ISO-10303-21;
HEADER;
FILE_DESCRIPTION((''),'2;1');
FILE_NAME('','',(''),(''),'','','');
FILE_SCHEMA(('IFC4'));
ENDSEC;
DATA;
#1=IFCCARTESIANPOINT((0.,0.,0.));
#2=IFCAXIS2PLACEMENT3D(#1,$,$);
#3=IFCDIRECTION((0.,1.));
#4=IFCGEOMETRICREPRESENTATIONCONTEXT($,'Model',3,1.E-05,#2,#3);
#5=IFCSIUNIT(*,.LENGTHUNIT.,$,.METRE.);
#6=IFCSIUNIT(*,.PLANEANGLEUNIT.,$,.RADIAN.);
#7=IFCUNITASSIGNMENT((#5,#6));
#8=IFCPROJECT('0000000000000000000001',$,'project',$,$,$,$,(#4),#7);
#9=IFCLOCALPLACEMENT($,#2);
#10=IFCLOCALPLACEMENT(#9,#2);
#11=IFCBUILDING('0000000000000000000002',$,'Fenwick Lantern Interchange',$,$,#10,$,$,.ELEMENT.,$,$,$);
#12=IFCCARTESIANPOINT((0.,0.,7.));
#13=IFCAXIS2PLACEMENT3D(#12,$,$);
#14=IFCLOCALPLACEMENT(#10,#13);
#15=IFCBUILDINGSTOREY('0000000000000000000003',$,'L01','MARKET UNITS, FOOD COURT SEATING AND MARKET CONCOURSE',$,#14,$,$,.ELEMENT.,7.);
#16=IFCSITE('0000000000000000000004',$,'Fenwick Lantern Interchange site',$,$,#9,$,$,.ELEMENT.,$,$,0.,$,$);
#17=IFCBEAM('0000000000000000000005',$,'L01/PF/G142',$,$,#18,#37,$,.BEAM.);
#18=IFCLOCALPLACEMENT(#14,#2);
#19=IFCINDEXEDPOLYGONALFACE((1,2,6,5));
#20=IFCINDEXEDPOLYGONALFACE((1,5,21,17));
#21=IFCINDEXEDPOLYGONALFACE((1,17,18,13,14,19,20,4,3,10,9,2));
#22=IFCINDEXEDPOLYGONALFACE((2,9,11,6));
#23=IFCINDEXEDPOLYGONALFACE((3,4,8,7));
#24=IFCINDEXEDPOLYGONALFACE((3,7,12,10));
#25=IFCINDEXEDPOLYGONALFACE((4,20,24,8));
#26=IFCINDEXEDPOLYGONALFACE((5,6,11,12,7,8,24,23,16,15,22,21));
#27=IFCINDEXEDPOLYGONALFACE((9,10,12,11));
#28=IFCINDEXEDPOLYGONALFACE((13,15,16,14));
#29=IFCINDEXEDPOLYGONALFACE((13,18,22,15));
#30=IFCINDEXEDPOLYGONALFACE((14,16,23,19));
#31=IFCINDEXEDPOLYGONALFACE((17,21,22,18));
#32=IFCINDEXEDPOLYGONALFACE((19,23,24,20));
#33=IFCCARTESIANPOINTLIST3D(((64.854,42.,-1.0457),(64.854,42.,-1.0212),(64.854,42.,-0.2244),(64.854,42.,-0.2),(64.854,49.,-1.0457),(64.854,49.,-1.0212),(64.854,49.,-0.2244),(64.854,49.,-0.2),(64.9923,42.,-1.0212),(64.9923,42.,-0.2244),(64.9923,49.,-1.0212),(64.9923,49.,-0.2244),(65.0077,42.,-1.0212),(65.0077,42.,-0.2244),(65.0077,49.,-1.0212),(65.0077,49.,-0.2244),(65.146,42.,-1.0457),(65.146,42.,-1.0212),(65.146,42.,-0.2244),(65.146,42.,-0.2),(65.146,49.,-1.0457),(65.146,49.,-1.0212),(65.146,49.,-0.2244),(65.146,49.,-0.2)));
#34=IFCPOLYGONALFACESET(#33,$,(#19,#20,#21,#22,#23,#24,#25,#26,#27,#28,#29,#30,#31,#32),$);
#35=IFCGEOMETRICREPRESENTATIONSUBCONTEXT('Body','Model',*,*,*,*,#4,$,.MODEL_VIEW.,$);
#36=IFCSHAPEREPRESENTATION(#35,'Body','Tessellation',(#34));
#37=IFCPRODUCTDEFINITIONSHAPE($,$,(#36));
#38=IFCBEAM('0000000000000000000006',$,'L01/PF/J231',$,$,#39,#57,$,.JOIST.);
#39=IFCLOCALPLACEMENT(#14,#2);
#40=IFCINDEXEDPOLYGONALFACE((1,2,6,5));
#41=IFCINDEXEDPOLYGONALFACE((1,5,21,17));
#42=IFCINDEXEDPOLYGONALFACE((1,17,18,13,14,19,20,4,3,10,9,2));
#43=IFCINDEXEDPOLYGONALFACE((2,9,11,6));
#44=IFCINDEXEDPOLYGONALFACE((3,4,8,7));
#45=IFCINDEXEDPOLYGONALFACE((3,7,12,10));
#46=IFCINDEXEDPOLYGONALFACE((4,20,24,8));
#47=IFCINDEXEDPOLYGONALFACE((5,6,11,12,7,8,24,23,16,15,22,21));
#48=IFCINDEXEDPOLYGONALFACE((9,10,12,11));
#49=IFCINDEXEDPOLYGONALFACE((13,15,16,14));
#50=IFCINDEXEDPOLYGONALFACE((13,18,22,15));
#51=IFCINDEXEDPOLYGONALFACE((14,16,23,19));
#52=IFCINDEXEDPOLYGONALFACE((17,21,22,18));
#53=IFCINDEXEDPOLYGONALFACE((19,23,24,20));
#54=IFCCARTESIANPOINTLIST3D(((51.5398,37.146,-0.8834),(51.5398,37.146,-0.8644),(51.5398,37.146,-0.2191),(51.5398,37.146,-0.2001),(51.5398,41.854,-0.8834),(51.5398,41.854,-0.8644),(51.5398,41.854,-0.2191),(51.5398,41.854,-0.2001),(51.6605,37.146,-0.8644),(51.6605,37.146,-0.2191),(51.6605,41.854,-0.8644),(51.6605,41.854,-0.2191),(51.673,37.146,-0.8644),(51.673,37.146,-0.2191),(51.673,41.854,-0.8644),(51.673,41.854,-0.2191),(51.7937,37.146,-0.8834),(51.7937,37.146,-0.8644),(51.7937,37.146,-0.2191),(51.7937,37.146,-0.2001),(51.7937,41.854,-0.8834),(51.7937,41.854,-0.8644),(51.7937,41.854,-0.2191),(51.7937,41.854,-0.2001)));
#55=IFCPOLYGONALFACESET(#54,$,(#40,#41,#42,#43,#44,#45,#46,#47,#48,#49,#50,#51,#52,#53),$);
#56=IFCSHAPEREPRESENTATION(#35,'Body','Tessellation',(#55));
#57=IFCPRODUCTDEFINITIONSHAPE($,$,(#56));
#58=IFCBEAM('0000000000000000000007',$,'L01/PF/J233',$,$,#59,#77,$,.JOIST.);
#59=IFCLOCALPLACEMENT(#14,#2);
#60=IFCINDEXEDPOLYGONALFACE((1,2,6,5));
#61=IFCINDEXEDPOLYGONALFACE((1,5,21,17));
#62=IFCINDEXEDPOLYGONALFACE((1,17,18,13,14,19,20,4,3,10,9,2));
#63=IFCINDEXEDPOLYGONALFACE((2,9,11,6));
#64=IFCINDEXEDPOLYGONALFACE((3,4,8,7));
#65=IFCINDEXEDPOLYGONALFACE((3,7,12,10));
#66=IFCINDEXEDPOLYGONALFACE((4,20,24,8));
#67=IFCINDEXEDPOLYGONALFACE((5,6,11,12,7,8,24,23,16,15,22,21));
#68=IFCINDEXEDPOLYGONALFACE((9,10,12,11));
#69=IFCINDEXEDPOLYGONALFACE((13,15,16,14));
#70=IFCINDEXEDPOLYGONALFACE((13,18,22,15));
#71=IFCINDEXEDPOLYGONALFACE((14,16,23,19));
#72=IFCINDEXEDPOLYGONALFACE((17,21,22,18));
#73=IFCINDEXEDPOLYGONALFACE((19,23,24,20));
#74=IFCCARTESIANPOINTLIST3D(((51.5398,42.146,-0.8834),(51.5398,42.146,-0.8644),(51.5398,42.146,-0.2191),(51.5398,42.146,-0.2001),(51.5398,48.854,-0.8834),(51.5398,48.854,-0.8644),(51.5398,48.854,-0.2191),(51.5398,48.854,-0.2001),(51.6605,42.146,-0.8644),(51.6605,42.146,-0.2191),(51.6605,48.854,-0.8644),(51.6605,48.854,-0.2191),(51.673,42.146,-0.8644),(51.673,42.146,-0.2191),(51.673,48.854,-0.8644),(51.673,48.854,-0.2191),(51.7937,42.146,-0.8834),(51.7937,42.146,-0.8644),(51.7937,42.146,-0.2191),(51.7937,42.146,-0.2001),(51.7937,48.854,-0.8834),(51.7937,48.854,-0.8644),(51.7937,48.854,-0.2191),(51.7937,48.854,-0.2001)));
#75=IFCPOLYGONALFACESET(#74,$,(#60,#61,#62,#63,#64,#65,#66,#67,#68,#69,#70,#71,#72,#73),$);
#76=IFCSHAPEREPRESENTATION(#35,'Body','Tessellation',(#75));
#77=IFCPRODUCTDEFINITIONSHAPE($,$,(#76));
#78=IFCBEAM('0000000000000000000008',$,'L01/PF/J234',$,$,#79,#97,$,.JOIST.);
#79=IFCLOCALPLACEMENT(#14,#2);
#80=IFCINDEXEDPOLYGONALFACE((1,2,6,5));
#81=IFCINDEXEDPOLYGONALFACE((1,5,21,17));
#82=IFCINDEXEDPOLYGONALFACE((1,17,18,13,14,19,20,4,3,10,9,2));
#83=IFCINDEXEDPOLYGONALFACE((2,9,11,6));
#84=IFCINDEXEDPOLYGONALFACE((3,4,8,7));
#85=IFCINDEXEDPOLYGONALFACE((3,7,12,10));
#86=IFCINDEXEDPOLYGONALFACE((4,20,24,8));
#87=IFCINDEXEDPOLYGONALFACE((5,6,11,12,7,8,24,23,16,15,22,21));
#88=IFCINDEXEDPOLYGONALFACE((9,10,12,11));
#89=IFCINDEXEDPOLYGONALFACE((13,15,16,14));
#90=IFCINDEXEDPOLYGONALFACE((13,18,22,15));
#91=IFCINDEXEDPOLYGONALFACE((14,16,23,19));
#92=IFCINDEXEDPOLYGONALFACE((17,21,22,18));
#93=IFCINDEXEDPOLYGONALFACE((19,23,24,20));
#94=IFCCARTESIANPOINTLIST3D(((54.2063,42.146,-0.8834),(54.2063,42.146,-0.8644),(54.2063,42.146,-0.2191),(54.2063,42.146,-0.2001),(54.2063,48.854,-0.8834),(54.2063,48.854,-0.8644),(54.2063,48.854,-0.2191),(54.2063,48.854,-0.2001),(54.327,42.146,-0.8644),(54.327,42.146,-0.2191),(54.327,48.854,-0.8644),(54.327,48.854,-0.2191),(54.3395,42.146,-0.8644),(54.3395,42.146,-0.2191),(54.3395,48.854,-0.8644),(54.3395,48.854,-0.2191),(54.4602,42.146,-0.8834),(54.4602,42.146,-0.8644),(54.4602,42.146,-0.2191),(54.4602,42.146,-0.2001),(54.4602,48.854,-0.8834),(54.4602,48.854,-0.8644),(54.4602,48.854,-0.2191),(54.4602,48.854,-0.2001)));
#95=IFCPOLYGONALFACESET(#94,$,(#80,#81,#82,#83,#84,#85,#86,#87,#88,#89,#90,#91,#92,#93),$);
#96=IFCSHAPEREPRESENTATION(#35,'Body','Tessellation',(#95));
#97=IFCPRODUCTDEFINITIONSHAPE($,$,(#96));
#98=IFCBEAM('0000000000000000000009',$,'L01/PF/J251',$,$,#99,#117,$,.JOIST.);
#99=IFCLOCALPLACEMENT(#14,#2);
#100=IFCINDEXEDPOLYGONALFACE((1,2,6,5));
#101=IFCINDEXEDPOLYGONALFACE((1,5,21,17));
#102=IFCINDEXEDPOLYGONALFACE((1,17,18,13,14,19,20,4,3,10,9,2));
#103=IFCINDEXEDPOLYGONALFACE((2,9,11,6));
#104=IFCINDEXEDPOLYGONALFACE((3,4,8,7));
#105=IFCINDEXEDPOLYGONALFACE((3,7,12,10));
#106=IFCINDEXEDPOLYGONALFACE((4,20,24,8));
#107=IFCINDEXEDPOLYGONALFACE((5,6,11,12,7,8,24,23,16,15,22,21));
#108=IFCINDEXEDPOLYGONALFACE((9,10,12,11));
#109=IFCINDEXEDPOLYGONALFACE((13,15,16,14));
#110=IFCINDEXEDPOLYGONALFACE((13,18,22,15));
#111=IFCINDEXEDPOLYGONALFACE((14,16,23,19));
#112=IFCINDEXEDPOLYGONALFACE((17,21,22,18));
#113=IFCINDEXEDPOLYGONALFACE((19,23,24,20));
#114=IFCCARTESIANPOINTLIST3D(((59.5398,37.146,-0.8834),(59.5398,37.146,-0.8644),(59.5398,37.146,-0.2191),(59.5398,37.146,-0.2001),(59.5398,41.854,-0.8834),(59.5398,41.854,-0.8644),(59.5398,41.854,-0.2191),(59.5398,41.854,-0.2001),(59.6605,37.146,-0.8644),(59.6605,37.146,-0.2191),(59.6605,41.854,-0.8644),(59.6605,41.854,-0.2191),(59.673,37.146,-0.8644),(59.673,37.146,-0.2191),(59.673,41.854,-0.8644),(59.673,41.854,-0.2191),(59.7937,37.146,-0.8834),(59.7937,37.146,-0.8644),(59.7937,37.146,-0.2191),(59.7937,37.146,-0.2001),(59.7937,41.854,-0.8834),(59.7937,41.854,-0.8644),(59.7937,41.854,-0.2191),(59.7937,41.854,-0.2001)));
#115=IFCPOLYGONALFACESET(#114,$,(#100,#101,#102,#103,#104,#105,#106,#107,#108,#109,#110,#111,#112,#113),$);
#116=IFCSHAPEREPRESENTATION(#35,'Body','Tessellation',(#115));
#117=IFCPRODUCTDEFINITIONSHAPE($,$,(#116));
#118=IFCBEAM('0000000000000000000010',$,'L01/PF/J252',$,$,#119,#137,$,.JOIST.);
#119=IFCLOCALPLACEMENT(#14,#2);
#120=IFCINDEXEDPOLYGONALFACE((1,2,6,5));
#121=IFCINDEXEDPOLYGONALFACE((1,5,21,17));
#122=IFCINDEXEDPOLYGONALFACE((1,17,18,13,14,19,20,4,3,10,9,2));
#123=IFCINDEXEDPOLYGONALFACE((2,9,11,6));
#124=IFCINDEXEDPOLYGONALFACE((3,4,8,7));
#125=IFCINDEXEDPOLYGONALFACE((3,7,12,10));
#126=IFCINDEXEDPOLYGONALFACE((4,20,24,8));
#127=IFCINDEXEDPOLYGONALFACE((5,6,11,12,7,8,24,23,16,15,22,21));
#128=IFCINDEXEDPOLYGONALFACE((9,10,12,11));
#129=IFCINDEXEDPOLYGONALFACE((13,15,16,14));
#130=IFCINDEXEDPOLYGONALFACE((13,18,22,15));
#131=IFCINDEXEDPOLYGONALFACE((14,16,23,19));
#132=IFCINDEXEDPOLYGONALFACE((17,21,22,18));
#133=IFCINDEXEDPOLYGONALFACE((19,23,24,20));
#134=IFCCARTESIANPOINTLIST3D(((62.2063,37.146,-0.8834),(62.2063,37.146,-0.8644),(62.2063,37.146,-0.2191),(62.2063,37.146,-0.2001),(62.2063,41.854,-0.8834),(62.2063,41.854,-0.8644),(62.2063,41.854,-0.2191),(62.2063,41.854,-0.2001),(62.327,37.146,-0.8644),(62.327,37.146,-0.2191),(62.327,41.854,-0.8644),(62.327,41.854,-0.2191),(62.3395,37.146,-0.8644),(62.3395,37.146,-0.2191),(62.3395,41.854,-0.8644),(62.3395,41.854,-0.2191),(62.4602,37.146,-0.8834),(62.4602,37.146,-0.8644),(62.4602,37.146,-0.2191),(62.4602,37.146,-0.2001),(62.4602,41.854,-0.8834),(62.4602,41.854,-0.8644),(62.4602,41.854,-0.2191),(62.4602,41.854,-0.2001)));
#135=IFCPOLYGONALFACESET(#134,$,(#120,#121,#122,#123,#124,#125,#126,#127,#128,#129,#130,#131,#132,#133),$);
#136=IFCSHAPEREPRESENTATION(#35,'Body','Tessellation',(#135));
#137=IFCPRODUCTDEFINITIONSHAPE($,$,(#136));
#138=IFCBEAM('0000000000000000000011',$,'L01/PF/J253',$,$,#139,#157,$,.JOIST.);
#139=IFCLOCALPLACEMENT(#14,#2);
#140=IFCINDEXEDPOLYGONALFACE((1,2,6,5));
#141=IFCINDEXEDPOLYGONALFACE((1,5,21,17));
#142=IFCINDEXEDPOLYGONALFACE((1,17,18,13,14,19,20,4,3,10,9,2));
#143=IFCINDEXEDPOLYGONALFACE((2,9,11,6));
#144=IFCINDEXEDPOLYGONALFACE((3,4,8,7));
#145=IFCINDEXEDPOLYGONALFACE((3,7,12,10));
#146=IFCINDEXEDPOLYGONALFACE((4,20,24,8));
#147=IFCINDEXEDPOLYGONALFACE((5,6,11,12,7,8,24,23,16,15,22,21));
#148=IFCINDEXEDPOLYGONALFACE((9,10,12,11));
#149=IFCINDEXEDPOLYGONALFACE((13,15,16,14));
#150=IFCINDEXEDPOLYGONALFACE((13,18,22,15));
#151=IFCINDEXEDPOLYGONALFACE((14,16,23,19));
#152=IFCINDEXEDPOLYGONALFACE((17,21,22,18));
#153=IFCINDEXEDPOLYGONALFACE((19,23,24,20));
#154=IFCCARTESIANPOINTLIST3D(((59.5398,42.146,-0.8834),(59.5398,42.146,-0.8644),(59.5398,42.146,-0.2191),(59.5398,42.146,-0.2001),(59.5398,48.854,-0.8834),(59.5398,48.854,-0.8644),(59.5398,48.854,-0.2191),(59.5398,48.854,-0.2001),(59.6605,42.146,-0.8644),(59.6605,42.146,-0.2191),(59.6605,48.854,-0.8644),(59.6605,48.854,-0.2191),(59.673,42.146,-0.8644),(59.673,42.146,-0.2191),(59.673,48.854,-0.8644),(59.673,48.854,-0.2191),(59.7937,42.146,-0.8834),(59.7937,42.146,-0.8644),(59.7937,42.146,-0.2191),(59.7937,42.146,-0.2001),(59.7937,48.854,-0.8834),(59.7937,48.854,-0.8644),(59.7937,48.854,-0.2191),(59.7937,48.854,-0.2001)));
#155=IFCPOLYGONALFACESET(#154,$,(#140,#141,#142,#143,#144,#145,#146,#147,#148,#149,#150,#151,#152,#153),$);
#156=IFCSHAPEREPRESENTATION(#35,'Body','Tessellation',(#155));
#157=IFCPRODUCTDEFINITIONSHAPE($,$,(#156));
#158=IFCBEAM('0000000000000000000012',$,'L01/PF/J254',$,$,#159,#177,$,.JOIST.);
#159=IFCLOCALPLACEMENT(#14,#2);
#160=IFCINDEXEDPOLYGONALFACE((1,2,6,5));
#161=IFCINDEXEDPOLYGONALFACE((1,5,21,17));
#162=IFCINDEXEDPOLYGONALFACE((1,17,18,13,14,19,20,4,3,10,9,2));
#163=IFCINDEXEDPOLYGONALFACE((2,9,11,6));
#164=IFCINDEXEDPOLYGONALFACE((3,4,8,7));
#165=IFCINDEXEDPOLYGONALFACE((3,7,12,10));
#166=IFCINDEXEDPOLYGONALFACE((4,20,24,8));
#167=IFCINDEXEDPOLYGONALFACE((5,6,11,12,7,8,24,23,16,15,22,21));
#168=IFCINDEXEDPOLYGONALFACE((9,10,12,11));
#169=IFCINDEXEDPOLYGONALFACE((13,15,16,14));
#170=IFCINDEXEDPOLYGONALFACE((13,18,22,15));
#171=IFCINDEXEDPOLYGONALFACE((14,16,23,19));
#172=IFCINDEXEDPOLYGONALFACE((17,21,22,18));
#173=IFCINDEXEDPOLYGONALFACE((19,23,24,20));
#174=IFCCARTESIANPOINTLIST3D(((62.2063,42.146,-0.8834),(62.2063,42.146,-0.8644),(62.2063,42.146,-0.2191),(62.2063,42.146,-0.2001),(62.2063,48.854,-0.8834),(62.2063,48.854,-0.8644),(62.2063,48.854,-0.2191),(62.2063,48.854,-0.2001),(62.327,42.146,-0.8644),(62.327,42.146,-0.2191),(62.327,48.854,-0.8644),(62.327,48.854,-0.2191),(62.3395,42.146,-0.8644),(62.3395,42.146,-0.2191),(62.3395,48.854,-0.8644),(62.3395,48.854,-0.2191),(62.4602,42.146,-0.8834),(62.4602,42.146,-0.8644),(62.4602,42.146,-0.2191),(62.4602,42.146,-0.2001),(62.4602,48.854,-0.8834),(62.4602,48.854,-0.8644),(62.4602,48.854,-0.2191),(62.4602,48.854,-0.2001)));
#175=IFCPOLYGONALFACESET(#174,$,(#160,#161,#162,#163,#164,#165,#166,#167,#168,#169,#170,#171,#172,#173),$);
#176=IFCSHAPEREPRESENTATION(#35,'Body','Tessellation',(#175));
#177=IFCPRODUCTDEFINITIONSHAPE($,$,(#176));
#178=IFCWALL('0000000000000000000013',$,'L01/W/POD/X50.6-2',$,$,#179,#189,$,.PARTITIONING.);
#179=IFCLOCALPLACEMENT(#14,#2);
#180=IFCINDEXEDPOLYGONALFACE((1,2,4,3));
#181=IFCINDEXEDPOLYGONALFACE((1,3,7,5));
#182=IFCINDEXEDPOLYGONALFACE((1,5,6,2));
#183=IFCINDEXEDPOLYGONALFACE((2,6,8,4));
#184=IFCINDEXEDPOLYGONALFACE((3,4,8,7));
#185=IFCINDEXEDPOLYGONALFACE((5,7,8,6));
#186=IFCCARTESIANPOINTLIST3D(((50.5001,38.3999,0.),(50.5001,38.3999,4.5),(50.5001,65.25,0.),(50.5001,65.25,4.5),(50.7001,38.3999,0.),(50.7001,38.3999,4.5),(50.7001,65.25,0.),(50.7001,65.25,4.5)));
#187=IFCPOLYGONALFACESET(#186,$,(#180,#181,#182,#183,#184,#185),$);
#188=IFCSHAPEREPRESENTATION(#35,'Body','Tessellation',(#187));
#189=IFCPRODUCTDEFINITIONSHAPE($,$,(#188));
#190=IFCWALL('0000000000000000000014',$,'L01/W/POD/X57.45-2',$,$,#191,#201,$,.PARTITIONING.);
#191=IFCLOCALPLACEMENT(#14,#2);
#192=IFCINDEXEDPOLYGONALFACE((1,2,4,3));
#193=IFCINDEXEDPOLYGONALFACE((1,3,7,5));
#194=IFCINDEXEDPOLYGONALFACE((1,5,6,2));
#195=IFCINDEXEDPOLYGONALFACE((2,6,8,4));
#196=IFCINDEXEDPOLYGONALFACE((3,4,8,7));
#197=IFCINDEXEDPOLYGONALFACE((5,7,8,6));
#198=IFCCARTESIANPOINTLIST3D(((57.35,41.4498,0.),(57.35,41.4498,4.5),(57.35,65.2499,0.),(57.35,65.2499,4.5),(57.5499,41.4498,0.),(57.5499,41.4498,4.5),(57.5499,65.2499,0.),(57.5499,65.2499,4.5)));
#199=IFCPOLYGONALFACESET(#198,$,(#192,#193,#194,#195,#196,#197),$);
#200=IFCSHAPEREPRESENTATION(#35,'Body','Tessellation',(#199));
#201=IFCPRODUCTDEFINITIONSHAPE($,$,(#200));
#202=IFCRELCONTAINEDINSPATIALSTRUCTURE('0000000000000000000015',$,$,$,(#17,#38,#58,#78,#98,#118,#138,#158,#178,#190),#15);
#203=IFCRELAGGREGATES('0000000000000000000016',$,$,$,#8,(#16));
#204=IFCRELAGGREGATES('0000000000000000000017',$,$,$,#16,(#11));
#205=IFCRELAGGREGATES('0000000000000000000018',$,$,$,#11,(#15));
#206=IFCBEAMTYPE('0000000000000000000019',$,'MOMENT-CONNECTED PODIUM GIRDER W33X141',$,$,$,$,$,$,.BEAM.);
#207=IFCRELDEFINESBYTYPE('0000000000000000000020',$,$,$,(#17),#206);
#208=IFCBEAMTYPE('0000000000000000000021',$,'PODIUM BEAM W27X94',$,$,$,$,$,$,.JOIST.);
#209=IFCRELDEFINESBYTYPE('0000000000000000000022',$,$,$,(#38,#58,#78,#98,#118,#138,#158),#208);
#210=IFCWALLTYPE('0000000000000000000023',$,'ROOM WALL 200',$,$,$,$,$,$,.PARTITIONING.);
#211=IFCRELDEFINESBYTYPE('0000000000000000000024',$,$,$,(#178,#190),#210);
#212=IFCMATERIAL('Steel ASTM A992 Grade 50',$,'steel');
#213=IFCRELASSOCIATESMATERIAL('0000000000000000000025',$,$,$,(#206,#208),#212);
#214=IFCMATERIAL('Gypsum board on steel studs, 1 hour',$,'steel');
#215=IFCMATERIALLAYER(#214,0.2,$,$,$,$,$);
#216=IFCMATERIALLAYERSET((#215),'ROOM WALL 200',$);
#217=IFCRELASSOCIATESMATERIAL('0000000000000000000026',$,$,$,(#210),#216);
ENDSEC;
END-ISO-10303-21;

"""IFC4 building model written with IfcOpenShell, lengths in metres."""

from ifc_helpers import new_model, si_unit, direction, frame, frame_2d, origin, origin_2d, place, context, subcontext, project, spatial, rectangle, i_section, extrude, material, layer, layer_set, material_profile, profile_set, type_object, element, save


model = new_model("IFC4")

# Units and contexts
model_context = context("Model", 3, precision=1e-05, world=origin(), true_north=direction((0.0, 1.0)))
body_context = subcontext(model_context, "Body", "Model", "MODEL_VIEW")
ifc_project = project(units=[si_unit("LENGTHUNIT", "METRE"), si_unit("PLANEANGLEUNIT", "RADIAN")], contexts=[model_context])

# Site, building, storey
site_placement = place(None, origin())
site = spatial("IfcSite", under=ifc_project, at=site_placement, Name="Fenwick Lantern Interchange site", CompositionType="ELEMENT", RefElevation=0.0)
building_placement = place(site_placement, origin())
building = spatial("IfcBuilding", under=site, at=building_placement, Name="Fenwick Lantern Interchange", CompositionType="ELEMENT")
storey_placement = place(building_placement, frame((0.0, 0.0, 7.0)))
storey = spatial("IfcBuildingStorey", under=building, at=storey_placement, Name="L01", Description="MARKET UNITS, FOOD COURT SEATING AND MARKET CONCOURSE", CompositionType="ELEMENT", Elevation=7.0)

# Shared definitions
ifc_material_1 = material(Name="Steel ASTM A992 Grade 50", Category="steel")

# Beams
ifc_material_profile_1 = material_profile(ifc_material_1, i_section(OverallWidth=0.292, OverallDepth=0.8457, WebThickness=0.0154, FlangeThickness=0.0244, at=origin_2d()), Name="W33X141")
ifc_profile_set_1 = profile_set([ifc_material_profile_1], Name="Steel ASTM A992 Grade 50")
beam_type_1 = type_object("IfcBeamType", Name="MOMENT-CONNECTED PODIUM GIRDER W33X141", PredefinedType="BEAM", material=ifc_profile_set_1)
beam_1_placement = place(storey_placement, frame((65.0, 42.0, -0.6228), z_axis=(0.0, 1.0, 0.0), x_axis=(-1.0, 0.0, 0.0)))
element("IfcBeam", 1, at=beam_1_placement, inside=storey, type_object=beam_type_1, Name="L01/PF/G142", PredefinedType="BEAM", context=body_context, shape_type="SweptSolid", body=[
    extrude(i_section(OverallWidth=0.292, OverallDepth=0.8457, WebThickness=0.0154, FlangeThickness=0.0244, at=origin_2d()), origin(), (0.0, 0.0, 1.0), 7.0),
])
ifc_material_profile_2 = material_profile(ifc_material_1, i_section(OverallWidth=0.2539, OverallDepth=0.6833, WebThickness=0.0125, FlangeThickness=0.019, at=origin_2d()), Name="W27X94")
ifc_profile_set_2 = profile_set([ifc_material_profile_2], Name="Steel ASTM A992 Grade 50")
beam_type_2 = type_object("IfcBeamType", Name="PODIUM BEAM W27X94", PredefinedType="JOIST", material=ifc_profile_set_2)
beam_2_placement = place(storey_placement, frame((51.6667, 37.146, -0.5417), z_axis=(0.0, 1.0, 0.0), x_axis=(-1.0, 0.0, 0.0)))
element("IfcBeam", 2, at=beam_2_placement, inside=storey, type_object=beam_type_2, Name="L01/PF/J231", PredefinedType="JOIST", context=body_context, shape_type="SweptSolid", body=[
    extrude(i_section(OverallWidth=0.2539, OverallDepth=0.6833, WebThickness=0.0125, FlangeThickness=0.019, at=origin_2d()), origin(), (0.0, 0.0, 1.0), 4.708),
])
for number, where, z_axis, x_axis, name in (
    (3, (51.6667, 42.146, -0.5417), (0.0, 1.0, 0.0), (-1.0, 0.0, 0.0), "L01/PF/J233"),
    (4, (54.3333, 42.146, -0.5417), (0.0, 1.0, 0.0), (-1.0, 0.0, 0.0), "L01/PF/J234"),
):
    element("IfcBeam", number, at=place(storey_placement, frame(where, z_axis=z_axis, x_axis=x_axis)), inside=storey, type_object=beam_type_2, Name=name, PredefinedType="JOIST", context=body_context, shape_type="SweptSolid", body=[
        extrude(i_section(OverallWidth=0.2539, OverallDepth=0.6833, WebThickness=0.0125, FlangeThickness=0.019, at=origin_2d()), origin(), (0.0, 0.0, 1.0), 6.708),
    ])
for number, where, z_axis, x_axis, name in (
    (5, (59.6667, 37.146, -0.5417), (0.0, 1.0, 0.0), (-1.0, 0.0, 0.0), "L01/PF/J251"),
    (6, (62.3333, 37.146, -0.5417), (0.0, 1.0, 0.0), (-1.0, 0.0, 0.0), "L01/PF/J252"),
):
    element("IfcBeam", number, at=place(storey_placement, frame(where, z_axis=z_axis, x_axis=x_axis)), inside=storey, type_object=beam_type_2, Name=name, PredefinedType="JOIST", context=body_context, shape_type="SweptSolid", body=[
        extrude(i_section(OverallWidth=0.2539, OverallDepth=0.6833, WebThickness=0.0125, FlangeThickness=0.019, at=origin_2d()), origin(), (0.0, 0.0, 1.0), 4.708),
    ])
for number, where, z_axis, x_axis, name in (
    (7, (59.6667, 42.146, -0.5417), (0.0, 1.0, 0.0), (-1.0, 0.0, 0.0), "L01/PF/J253"),
    (8, (62.3333, 42.146, -0.5417), (0.0, 1.0, 0.0), (-1.0, 0.0, 0.0), "L01/PF/J254"),
):
    element("IfcBeam", number, at=place(storey_placement, frame(where, z_axis=z_axis, x_axis=x_axis)), inside=storey, type_object=beam_type_2, Name=name, PredefinedType="JOIST", context=body_context, shape_type="SweptSolid", body=[
        extrude(i_section(OverallWidth=0.2539, OverallDepth=0.6833, WebThickness=0.0125, FlangeThickness=0.019, at=origin_2d()), origin(), (0.0, 0.0, 1.0), 6.708),
    ])

# Walls
ifc_material_2 = material(Name="Gypsum board on steel studs, 1 hour", Category="steel")
ifc_layer = layer(ifc_material_2, 0.2)
ifc_layer_set = layer_set([ifc_layer], Name="ROOM WALL 200")
wall_type = type_object("IfcWallType", Name="ROOM WALL 200", PredefinedType="PARTITIONING", material=ifc_layer_set)
wall_1_placement = place(storey_placement, frame((50.6001, 38.3999, 0.0), z_axis=(0.0, 0.0, 1.0), x_axis=(0.0, 1.0, 0.0)))
element("IfcWall", 9, at=wall_1_placement, inside=storey, type_object=wall_type, Name="L01/W/POD/X50.6-2", PredefinedType="PARTITIONING", context=body_context, shape_type="SweptSolid", body=[
    extrude(rectangle(XDim=26.8501, YDim=0.2, at=frame_2d((13.425, 0.0))), origin(), (0.0, 0.0, 1.0), 4.5),
])
wall_2_placement = place(storey_placement, frame((57.45, 41.45, 0.0), z_axis=(0.0, 0.0, 1.0), x_axis=(0.0, 1.0, 0.0)))
element("IfcWall", 10, at=wall_2_placement, inside=storey, type_object=wall_type, Name="L01/W/POD/X57.45-2", PredefinedType="PARTITIONING", context=body_context, shape_type="SweptSolid", body=[
    extrude(rectangle(XDim=23.8, YDim=0.2, at=frame_2d((11.8999, 0.0))), origin(), (0.0, 0.0, 1.0), 4.5),
])

save(model, "model.ifc")
